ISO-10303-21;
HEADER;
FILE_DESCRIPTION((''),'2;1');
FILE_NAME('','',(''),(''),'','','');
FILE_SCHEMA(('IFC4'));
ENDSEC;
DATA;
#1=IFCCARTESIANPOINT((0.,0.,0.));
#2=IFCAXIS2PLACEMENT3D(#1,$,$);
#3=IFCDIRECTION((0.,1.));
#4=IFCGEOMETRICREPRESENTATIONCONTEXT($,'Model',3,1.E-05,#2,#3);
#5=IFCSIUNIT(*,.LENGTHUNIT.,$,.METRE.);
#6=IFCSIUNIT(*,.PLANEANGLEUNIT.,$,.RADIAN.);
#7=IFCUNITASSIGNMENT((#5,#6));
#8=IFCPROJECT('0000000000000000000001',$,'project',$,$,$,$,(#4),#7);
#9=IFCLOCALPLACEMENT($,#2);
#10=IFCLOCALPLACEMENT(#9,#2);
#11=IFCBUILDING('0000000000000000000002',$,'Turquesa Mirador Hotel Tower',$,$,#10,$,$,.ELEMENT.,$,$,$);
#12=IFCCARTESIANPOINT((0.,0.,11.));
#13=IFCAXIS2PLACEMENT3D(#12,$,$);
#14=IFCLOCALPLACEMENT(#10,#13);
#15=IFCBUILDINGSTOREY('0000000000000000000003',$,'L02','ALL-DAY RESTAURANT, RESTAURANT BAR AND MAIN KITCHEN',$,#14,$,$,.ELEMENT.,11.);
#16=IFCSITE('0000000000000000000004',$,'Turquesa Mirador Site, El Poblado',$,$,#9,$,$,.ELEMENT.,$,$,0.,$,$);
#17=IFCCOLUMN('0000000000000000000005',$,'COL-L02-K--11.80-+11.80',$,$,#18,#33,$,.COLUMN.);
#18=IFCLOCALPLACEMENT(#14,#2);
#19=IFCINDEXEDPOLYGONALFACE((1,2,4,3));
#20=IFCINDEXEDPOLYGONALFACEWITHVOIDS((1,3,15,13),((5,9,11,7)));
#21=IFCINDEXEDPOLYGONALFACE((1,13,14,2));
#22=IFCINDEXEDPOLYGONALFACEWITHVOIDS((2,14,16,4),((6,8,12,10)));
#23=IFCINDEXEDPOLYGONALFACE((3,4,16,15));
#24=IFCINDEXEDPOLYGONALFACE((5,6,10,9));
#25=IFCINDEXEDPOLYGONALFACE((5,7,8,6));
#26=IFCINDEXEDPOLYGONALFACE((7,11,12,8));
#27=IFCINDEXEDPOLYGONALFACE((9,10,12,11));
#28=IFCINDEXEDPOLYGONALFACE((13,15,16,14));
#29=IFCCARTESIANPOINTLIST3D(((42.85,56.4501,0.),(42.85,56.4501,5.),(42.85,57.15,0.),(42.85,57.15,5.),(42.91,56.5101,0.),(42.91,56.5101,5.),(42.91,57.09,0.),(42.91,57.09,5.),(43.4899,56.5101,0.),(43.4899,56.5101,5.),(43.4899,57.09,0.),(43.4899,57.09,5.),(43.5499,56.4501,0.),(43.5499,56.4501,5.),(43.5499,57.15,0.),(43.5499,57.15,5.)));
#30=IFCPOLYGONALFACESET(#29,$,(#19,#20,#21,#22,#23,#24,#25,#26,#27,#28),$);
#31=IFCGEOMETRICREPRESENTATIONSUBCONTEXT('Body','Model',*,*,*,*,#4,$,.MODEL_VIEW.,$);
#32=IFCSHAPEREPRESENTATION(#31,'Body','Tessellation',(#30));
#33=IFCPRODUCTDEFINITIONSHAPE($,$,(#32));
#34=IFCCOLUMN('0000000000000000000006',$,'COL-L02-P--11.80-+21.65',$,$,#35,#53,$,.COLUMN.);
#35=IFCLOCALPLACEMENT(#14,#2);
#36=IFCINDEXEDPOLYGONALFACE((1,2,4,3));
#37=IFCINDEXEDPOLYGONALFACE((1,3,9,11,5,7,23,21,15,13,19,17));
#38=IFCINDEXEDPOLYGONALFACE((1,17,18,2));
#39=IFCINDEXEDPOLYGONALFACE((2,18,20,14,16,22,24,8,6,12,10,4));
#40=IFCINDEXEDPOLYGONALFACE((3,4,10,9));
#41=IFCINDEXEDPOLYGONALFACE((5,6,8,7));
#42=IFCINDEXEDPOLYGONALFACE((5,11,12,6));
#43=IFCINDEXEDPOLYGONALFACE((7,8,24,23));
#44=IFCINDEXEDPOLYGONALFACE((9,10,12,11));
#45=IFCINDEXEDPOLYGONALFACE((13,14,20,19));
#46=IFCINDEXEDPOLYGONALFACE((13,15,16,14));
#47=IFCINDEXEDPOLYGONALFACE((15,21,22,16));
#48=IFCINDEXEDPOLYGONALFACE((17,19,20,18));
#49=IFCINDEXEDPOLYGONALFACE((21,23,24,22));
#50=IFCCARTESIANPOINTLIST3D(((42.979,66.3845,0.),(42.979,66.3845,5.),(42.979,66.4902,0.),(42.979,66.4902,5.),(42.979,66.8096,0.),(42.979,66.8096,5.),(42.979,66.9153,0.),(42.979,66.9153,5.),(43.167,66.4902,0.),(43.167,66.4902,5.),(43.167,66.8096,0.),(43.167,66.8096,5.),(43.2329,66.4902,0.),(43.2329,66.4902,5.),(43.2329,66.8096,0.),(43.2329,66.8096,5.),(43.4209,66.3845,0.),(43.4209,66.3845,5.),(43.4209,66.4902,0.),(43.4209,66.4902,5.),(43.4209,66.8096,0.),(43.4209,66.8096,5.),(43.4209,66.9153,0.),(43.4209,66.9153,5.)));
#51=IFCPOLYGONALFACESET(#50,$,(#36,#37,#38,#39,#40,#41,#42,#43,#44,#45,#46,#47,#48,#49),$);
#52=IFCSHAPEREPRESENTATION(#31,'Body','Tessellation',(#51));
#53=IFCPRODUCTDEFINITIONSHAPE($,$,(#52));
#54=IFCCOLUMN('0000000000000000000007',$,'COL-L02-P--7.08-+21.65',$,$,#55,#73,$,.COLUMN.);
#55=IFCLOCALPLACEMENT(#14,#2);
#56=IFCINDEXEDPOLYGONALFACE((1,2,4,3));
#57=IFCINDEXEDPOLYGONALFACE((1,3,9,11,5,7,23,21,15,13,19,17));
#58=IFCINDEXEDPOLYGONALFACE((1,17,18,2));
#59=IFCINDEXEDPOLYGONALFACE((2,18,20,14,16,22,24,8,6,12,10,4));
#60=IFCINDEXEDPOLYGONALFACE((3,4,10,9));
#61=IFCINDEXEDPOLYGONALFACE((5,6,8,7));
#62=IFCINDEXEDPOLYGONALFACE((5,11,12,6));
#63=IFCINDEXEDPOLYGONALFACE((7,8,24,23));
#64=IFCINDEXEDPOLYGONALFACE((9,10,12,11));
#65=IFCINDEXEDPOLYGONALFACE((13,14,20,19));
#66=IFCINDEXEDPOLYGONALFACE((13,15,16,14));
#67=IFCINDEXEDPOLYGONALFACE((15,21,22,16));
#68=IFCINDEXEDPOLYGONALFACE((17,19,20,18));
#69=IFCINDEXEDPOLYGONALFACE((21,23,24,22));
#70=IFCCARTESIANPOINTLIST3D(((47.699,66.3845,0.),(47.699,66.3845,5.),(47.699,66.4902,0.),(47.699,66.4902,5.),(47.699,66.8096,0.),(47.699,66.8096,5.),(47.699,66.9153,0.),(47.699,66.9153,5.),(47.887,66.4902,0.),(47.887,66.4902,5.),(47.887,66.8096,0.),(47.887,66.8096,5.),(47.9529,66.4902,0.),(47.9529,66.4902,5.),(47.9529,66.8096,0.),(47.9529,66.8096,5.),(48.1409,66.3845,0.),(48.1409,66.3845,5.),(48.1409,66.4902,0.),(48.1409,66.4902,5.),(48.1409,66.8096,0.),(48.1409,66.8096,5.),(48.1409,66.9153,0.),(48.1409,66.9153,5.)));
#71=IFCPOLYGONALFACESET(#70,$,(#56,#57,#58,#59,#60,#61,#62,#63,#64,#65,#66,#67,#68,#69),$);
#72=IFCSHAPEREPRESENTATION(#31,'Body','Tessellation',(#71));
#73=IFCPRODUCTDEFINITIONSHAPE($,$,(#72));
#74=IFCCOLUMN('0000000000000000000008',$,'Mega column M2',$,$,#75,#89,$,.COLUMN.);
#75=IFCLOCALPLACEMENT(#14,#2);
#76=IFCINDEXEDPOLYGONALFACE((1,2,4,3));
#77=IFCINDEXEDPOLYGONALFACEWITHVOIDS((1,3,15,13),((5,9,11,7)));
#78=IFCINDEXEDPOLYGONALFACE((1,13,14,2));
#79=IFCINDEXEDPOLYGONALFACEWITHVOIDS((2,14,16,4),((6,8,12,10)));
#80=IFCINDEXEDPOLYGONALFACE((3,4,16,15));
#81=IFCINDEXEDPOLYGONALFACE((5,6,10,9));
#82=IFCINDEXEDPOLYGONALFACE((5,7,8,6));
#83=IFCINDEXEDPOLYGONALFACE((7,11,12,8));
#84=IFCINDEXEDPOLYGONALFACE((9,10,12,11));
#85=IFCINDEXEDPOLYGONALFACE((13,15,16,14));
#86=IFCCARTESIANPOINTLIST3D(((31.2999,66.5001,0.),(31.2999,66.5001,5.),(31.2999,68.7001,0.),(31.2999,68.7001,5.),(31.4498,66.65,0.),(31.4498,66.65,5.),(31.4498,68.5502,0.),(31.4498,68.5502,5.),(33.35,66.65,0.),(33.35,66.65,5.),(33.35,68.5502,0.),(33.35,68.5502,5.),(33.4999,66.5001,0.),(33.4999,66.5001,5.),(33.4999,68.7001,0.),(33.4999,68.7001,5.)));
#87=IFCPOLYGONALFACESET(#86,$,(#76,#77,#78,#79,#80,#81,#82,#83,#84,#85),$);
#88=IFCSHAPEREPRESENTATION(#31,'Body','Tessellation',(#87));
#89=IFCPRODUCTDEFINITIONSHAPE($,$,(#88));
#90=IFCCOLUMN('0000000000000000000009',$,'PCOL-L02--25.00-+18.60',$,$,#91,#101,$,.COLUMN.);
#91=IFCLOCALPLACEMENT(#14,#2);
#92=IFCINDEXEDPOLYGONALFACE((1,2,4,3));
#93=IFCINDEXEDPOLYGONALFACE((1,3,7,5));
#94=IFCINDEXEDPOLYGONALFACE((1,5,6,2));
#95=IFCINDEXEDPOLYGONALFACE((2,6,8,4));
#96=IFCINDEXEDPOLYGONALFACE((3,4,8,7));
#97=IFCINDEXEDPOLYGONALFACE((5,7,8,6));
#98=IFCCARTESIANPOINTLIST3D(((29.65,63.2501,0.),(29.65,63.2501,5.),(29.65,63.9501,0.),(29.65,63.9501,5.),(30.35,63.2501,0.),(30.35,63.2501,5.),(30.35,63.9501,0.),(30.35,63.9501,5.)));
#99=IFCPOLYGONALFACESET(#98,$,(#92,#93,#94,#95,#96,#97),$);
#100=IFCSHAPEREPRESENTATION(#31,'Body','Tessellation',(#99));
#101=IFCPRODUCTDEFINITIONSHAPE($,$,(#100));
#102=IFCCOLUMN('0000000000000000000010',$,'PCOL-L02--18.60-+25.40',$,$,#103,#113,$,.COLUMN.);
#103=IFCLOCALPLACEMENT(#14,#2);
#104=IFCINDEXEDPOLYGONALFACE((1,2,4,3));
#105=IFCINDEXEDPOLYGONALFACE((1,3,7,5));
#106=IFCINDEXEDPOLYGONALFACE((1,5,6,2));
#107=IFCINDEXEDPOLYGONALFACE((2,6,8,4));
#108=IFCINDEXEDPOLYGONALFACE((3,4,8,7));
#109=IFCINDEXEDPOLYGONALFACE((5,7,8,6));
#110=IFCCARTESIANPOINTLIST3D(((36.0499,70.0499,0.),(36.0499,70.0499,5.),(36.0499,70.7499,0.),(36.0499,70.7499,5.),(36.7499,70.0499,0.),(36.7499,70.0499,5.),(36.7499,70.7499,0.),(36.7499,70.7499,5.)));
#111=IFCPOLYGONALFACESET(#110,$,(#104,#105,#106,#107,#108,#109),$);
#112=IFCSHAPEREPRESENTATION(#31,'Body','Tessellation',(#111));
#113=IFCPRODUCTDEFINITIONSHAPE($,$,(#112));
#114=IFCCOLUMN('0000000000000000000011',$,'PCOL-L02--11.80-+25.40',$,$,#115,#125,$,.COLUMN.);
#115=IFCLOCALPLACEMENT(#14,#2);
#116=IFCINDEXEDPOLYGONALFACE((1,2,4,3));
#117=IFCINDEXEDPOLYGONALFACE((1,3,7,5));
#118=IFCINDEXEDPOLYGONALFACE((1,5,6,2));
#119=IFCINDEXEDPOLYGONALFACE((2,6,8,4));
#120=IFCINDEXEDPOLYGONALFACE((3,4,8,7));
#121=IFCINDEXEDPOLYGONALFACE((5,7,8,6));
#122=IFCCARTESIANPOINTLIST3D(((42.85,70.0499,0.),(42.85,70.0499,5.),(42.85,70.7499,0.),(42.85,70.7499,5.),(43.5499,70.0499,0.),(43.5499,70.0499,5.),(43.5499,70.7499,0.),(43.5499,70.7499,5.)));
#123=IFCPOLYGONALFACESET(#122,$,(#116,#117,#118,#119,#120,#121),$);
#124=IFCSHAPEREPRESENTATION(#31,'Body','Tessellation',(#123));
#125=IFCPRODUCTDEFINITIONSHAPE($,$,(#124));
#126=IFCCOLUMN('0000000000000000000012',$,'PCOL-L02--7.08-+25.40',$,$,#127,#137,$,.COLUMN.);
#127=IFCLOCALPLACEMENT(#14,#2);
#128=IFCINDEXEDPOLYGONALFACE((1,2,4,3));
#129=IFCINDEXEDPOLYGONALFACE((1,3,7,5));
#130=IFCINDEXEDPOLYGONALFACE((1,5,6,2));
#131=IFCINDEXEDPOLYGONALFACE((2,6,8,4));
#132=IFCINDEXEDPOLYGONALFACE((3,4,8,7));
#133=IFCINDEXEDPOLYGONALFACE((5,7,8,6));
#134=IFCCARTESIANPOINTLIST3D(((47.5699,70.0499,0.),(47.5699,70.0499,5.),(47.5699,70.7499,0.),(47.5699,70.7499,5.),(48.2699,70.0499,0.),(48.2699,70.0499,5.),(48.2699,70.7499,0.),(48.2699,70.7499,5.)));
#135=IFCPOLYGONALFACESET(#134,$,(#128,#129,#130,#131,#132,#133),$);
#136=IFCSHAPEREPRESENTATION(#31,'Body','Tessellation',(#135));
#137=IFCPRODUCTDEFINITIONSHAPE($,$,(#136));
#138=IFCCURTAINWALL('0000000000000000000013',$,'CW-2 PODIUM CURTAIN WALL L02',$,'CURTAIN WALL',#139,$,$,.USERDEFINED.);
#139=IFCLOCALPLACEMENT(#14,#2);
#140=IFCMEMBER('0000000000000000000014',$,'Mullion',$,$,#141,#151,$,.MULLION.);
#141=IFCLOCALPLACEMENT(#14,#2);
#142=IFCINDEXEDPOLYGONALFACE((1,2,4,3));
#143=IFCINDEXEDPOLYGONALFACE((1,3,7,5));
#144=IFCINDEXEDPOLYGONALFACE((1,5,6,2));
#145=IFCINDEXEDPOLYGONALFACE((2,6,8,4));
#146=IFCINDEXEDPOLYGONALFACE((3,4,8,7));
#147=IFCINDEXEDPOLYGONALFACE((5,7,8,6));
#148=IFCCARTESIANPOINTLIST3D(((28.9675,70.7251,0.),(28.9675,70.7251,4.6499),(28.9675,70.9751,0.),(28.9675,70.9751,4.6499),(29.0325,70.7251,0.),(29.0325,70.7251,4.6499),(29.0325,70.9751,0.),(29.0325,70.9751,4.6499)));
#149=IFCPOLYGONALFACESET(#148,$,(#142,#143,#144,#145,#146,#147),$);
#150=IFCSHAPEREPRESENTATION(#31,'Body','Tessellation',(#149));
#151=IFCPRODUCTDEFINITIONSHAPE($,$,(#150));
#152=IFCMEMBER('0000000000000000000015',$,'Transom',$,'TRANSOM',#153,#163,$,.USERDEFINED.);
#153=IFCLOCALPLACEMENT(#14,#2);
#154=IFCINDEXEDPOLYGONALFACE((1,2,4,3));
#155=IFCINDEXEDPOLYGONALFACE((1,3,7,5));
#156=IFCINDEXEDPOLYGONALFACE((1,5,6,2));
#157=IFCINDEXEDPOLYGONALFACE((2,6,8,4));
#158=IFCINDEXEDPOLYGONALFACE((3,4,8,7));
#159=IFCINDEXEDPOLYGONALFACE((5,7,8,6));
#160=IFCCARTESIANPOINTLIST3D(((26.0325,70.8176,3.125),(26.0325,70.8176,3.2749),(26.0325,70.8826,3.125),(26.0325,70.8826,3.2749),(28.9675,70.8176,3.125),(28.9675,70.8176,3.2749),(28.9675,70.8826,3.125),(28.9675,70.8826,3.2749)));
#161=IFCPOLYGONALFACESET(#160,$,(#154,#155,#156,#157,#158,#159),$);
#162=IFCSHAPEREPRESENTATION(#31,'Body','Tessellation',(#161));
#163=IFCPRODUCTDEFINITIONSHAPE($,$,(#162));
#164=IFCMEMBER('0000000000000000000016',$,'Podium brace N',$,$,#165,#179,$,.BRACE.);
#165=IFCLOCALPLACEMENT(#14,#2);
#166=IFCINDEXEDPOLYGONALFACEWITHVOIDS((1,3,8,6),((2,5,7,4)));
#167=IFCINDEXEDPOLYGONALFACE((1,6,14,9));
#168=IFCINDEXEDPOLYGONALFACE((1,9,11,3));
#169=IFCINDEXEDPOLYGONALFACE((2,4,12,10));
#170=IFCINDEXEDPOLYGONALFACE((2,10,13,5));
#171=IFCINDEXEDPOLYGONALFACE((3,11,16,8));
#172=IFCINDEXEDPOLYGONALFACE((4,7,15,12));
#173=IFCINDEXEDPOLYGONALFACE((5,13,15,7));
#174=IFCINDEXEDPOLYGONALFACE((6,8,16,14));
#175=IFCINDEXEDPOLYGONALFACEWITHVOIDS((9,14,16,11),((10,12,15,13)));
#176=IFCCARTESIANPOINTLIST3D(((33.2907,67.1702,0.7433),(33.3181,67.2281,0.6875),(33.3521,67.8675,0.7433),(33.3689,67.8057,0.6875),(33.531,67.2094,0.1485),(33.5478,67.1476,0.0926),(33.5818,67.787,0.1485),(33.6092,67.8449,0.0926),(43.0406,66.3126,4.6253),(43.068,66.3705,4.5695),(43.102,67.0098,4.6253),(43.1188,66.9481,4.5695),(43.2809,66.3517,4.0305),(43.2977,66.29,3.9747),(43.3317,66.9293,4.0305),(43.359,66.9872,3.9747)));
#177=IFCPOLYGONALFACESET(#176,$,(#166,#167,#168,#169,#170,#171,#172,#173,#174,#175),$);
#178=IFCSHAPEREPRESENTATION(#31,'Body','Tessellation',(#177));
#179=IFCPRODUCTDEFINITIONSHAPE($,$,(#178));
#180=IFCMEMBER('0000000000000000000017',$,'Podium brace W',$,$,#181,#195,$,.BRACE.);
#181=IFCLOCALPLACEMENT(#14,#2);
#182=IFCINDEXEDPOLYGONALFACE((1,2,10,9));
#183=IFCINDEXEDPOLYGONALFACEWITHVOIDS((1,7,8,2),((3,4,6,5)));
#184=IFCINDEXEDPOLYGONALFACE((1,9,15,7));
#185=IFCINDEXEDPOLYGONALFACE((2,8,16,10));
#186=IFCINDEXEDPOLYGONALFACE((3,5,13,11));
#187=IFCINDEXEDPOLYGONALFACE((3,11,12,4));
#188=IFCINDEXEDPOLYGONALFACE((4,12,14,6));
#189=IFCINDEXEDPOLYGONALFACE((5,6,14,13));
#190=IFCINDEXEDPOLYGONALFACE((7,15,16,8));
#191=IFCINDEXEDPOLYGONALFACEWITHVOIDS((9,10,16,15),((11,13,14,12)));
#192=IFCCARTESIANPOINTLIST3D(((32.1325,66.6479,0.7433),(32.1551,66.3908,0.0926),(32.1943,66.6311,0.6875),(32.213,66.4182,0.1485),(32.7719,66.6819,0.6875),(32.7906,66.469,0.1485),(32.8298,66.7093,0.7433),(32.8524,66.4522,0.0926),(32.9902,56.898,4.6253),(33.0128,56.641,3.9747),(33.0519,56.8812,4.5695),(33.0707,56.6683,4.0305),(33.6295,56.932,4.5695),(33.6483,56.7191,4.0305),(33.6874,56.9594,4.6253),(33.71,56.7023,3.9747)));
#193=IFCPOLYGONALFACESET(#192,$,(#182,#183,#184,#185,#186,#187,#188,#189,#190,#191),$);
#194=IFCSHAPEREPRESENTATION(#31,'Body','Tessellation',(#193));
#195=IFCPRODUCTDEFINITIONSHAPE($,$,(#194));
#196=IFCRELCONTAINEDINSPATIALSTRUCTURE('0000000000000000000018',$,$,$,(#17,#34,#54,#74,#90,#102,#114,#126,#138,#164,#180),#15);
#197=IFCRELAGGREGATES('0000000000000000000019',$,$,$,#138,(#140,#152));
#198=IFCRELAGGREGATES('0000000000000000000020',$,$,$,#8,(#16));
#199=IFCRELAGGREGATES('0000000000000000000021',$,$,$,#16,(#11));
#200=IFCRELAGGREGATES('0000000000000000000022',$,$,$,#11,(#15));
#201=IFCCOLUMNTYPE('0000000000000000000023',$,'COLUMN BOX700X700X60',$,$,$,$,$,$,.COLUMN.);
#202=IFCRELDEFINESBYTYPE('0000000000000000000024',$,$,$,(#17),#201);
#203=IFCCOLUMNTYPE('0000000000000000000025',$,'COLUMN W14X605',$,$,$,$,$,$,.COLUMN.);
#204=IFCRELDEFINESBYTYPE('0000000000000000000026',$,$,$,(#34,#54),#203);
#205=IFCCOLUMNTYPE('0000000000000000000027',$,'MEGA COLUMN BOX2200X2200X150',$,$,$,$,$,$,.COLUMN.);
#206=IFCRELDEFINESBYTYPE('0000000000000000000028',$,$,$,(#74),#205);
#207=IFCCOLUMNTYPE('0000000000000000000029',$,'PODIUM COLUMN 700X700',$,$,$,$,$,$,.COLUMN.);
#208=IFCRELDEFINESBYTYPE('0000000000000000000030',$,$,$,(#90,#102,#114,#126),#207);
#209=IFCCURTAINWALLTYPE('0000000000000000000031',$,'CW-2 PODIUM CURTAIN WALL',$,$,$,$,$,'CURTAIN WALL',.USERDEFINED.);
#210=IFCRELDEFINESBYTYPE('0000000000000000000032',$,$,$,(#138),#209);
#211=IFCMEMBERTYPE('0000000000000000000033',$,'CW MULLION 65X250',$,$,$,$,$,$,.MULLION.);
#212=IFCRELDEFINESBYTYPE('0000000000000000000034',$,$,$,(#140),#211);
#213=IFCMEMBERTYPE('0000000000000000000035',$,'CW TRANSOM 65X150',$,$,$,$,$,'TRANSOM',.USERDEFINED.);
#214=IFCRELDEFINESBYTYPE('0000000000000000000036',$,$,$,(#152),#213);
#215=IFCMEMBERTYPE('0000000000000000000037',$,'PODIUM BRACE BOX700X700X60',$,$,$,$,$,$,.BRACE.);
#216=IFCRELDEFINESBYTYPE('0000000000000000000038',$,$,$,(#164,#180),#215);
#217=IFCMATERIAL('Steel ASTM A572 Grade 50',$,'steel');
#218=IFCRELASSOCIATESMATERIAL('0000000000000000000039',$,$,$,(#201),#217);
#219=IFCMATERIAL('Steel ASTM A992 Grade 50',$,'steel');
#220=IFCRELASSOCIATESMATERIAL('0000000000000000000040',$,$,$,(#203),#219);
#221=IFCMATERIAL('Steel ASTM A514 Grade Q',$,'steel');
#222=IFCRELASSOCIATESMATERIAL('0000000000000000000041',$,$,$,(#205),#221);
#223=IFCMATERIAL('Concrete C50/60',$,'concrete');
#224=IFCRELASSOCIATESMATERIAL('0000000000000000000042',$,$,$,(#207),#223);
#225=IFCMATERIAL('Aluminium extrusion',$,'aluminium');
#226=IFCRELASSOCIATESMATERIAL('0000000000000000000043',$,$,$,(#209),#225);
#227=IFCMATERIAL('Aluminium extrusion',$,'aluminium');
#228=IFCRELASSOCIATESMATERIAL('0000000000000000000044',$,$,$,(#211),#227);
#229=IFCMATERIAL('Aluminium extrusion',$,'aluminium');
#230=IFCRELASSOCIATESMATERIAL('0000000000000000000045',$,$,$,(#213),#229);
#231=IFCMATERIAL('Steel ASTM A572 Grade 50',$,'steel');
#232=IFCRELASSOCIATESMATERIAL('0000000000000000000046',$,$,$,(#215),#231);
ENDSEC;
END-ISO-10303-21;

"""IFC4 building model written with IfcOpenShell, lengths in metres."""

from ifc_helpers import new_model, si_unit, direction, frame, origin, origin_2d, place, context, subcontext, project, spatial, rectangle, hollow_rectangle, i_section, extrude, material, material_profile, profile_set, type_object, element, aggregate, save


model = new_model("IFC4")

# Units and contexts
model_context = context("Model", 3, precision=1e-05, world=origin(), true_north=direction((0.0, 1.0)))
body_context = subcontext(model_context, "Body", "Model", "MODEL_VIEW")
ifc_project = project(units=[si_unit("LENGTHUNIT", "METRE"), si_unit("PLANEANGLEUNIT", "RADIAN")], contexts=[model_context])

# Site, building, storey
site_placement = place(None, origin())
site = spatial("IfcSite", under=ifc_project, at=site_placement, Name="Turquesa Mirador Site, El Poblado", CompositionType="ELEMENT", RefElevation=0.0)
building_placement = place(site_placement, origin())
building = spatial("IfcBuilding", under=site, at=building_placement, Name="Turquesa Mirador Hotel Tower", CompositionType="ELEMENT")
storey_placement = place(building_placement, frame((0.0, 0.0, 11.0)))
storey = spatial("IfcBuildingStorey", under=building, at=storey_placement, Name="L02", Description="ALL-DAY RESTAURANT, RESTAURANT BAR AND MAIN KITCHEN", CompositionType="ELEMENT", Elevation=11.0)

# Columns
ifc_material_1 = material(Name="Steel ASTM A572 Grade 50", Category="steel")
ifc_material_profile_1 = material_profile(ifc_material_1, hollow_rectangle(XDim=0.7, YDim=0.7, WallThickness=0.0601, at=origin_2d()), Name="BOX700X700X60")
ifc_profile_set_1 = profile_set([ifc_material_profile_1], Name="Steel ASTM A572 Grade 50")
column_type_1 = type_object("IfcColumnType", Name="COLUMN BOX700X700X60", PredefinedType="COLUMN", material=ifc_profile_set_1)
column_1_placement = place(storey_placement, frame((43.2, 56.8, 0.0), z_axis=(0.0, 0.0, 1.0), x_axis=(1.0, 0.0, 0.0)))
element("IfcColumn", 1, at=column_1_placement, inside=storey, type_object=column_type_1, Name="COL-L02-K--11.80-+11.80", PredefinedType="COLUMN", context=body_context, shape_type="SweptSolid", body=[
    extrude(hollow_rectangle(XDim=0.7, YDim=0.7, WallThickness=0.0601, at=origin_2d()), origin(), (0.0, 0.0, 1.0), 5.0),
])
ifc_material_2 = material(Name="Steel ASTM A992 Grade 50", Category="steel")
ifc_material_profile_2 = material_profile(ifc_material_2, i_section(OverallWidth=0.4419, OverallDepth=0.5308, WebThickness=0.0659, FlangeThickness=0.1057, at=origin_2d()), Name="W14X605")
ifc_profile_set_2 = profile_set([ifc_material_profile_2], Name="Steel ASTM A992 Grade 50")
column_type_2 = type_object("IfcColumnType", Name="COLUMN W14X605", PredefinedType="COLUMN", material=ifc_profile_set_2)
for number, where, z_axis, x_axis, name in (
    (2, (43.2, 66.6499, 0.0), (0.0, 0.0, 1.0), (1.0, 0.0, 0.0), "COL-L02-P--11.80-+21.65"),
    (3, (47.9199, 66.6499, 0.0), (0.0, 0.0, 1.0), (1.0, 0.0, 0.0), "COL-L02-P--7.08-+21.65"),
):
    element("IfcColumn", number, at=place(storey_placement, frame(where, z_axis=z_axis, x_axis=x_axis)), inside=storey, type_object=column_type_2, Name=name, PredefinedType="COLUMN", context=body_context, shape_type="SweptSolid", body=[
        extrude(i_section(OverallWidth=0.4419, OverallDepth=0.5308, WebThickness=0.0659, FlangeThickness=0.1057, at=origin_2d()), origin(), (0.0, 0.0, 1.0), 5.0),
    ])
ifc_material_3 = material(Name="Steel ASTM A514 Grade Q", Category="steel")
ifc_material_profile_3 = material_profile(ifc_material_3, hollow_rectangle(XDim=2.2, YDim=2.2, WallThickness=0.1499, at=origin_2d()), Name="BOX2200X2200X150")
ifc_profile_set_3 = profile_set([ifc_material_profile_3], Name="Steel ASTM A514 Grade Q")
column_type_3 = type_object("IfcColumnType", Name="MEGA COLUMN BOX2200X2200X150", PredefinedType="COLUMN", material=ifc_profile_set_3)
column_2_placement = place(storey_placement, frame((32.3999, 67.6001, 0.0), z_axis=(0.0, 0.0, 1.0), x_axis=(1.0, 0.0, 0.0)))
element("IfcColumn", 4, at=column_2_placement, inside=storey, type_object=column_type_3, Name="Mega column M2", PredefinedType="COLUMN", context=body_context, shape_type="SweptSolid", body=[
    extrude(hollow_rectangle(XDim=2.2, YDim=2.2, WallThickness=0.1499, at=origin_2d()), origin(), (0.0, 0.0, 1.0), 5.0),
])
ifc_material_4 = material(Name="Concrete C50/60", Category="concrete")
ifc_material_profile_4 = material_profile(ifc_material_4, rectangle(XDim=0.7, YDim=0.7, at=origin_2d()), Name="RC 700X700")
ifc_profile_set_4 = profile_set([ifc_material_profile_4], Name="Concrete C50/60")
column_type_4 = type_object("IfcColumnType", Name="PODIUM COLUMN 700X700", PredefinedType="COLUMN", material=ifc_profile_set_4)
for number, where, z_axis, x_axis, name in (
    (5, (30.0, 63.6001, 0.0), (0.0, 0.0, 1.0), (1.0, 0.0, 0.0), "PCOL-L02--25.00-+18.60"),
    (6, (36.3999, 70.3999, 0.0), (0.0, 0.0, 1.0), (1.0, 0.0, 0.0), "PCOL-L02--18.60-+25.40"),
    (7, (43.2, 70.3999, 0.0), (0.0, 0.0, 1.0), (1.0, 0.0, 0.0), "PCOL-L02--11.80-+25.40"),
    (8, (47.9199, 70.3999, 0.0), (0.0, 0.0, 1.0), (1.0, 0.0, 0.0), "PCOL-L02--7.08-+25.40"),
):
    element("IfcColumn", number, at=place(storey_placement, frame(where, z_axis=z_axis, x_axis=x_axis)), inside=storey, type_object=column_type_4, Name=name, PredefinedType="COLUMN", context=body_context, shape_type="SweptSolid", body=[
        extrude(rectangle(XDim=0.7, YDim=0.7, at=origin_2d()), origin(), (0.0, 0.0, 1.0), 5.0),
    ])

# Curtain wall, members
ifc_material_5 = material(Name="Aluminium extrusion", Category="aluminium")
curtain_wall_type = type_object("IfcCurtainWallType", Name="CW-2 PODIUM CURTAIN WALL", ElementType="CURTAIN WALL", PredefinedType="USERDEFINED", material=ifc_material_5)
curtain_wall_placement = place(storey_placement, origin())
curtain_wall = element("IfcCurtainWall", 9, at=curtain_wall_placement, inside=storey, type_object=curtain_wall_type, Name="CW-2 PODIUM CURTAIN WALL L02", ObjectType="CURTAIN WALL", PredefinedType="USERDEFINED")
ifc_material_6 = material(Name="Aluminium extrusion", Category="aluminium")
ifc_material_profile_5 = material_profile(ifc_material_6, rectangle(XDim=0.0649, YDim=0.25, at=origin_2d()), Name="MULLION 65X250")
ifc_profile_set_5 = profile_set([ifc_material_profile_5], Name="Aluminium extrusion")
member_type_1 = type_object("IfcMemberType", Name="CW MULLION 65X250", PredefinedType="MULLION", material=ifc_profile_set_5)
member_1_placement = place(storey_placement, frame((29.0, 70.8501, 0.0), z_axis=(0.0, 0.0, 1.0), x_axis=(-1.0, 0.0, 0.0)))
member_1 = element("IfcMember", 10, at=member_1_placement, type_object=member_type_1, Name="Mullion", PredefinedType="MULLION", context=body_context, shape_type="SweptSolid", body=[
    extrude(rectangle(XDim=0.0649, YDim=0.25, at=origin_2d()), origin(), (0.0, 0.0, 1.0), 4.6499),
])
ifc_material_7 = material(Name="Aluminium extrusion", Category="aluminium")
ifc_material_profile_6 = material_profile(ifc_material_7, rectangle(XDim=0.0649, YDim=0.1499, at=origin_2d()), Name="TRANSOM 65X150")
ifc_profile_set_6 = profile_set([ifc_material_profile_6], Name="Aluminium extrusion")
member_type_2 = type_object("IfcMemberType", Name="CW TRANSOM 65X150", ElementType="TRANSOM", PredefinedType="USERDEFINED", material=ifc_profile_set_6)
member_2_placement = place(storey_placement, frame((28.9675, 70.8501, 3.2), z_axis=(-1.0, 0.0, 0.0), x_axis=(0.0, -1.0, 0.0)))
member_2 = element("IfcMember", 11, at=member_2_placement, type_object=member_type_2, Name="Transom", ObjectType="TRANSOM", PredefinedType="USERDEFINED", context=body_context, shape_type="SweptSolid", body=[
    extrude(rectangle(XDim=0.0649, YDim=0.1499, at=origin_2d()), origin(), (0.0, 0.0, 1.0), 2.9351),
])

# Members
ifc_material_8 = material(Name="Steel ASTM A572 Grade 50", Category="steel")
ifc_material_profile_7 = material_profile(ifc_material_8, hollow_rectangle(XDim=0.7, YDim=0.7, WallThickness=0.0601, at=origin_2d()), Name="BOX700X700X60")
ifc_profile_set_7 = profile_set([ifc_material_profile_7], Name="Steel ASTM A572 Grade 50")
member_type_3 = type_object("IfcMemberType", Name="PODIUM BRACE BOX700X700X60", PredefinedType="BRACE", material=ifc_profile_set_7)
for number, where, z_axis, x_axis, name in (
    (12, (33.45, 67.5076, 0.418), (0.925977, -0.081454, 0.368689), (0.087627, 0.996153, 0.0), "Podium brace N"),
    (13, (32.4924, 66.55, 0.418), (0.081454, -0.925977, 0.368689), (0.996153, 0.087627, 0.0), "Podium brace W"),
):
    element("IfcMember", number, at=place(storey_placement, frame(where, z_axis=z_axis, x_axis=x_axis)), inside=storey, type_object=member_type_3, Name=name, PredefinedType="BRACE", context=body_context, shape_type="SweptSolid", body=[
        extrude(hollow_rectangle(XDim=0.7, YDim=0.7, WallThickness=0.0601, at=origin_2d()), origin(), (0.0, 0.0, 1.0), 10.5293),
    ])

aggregate(curtain_wall, [member_1, member_2])

save(model, "model.ifc")
